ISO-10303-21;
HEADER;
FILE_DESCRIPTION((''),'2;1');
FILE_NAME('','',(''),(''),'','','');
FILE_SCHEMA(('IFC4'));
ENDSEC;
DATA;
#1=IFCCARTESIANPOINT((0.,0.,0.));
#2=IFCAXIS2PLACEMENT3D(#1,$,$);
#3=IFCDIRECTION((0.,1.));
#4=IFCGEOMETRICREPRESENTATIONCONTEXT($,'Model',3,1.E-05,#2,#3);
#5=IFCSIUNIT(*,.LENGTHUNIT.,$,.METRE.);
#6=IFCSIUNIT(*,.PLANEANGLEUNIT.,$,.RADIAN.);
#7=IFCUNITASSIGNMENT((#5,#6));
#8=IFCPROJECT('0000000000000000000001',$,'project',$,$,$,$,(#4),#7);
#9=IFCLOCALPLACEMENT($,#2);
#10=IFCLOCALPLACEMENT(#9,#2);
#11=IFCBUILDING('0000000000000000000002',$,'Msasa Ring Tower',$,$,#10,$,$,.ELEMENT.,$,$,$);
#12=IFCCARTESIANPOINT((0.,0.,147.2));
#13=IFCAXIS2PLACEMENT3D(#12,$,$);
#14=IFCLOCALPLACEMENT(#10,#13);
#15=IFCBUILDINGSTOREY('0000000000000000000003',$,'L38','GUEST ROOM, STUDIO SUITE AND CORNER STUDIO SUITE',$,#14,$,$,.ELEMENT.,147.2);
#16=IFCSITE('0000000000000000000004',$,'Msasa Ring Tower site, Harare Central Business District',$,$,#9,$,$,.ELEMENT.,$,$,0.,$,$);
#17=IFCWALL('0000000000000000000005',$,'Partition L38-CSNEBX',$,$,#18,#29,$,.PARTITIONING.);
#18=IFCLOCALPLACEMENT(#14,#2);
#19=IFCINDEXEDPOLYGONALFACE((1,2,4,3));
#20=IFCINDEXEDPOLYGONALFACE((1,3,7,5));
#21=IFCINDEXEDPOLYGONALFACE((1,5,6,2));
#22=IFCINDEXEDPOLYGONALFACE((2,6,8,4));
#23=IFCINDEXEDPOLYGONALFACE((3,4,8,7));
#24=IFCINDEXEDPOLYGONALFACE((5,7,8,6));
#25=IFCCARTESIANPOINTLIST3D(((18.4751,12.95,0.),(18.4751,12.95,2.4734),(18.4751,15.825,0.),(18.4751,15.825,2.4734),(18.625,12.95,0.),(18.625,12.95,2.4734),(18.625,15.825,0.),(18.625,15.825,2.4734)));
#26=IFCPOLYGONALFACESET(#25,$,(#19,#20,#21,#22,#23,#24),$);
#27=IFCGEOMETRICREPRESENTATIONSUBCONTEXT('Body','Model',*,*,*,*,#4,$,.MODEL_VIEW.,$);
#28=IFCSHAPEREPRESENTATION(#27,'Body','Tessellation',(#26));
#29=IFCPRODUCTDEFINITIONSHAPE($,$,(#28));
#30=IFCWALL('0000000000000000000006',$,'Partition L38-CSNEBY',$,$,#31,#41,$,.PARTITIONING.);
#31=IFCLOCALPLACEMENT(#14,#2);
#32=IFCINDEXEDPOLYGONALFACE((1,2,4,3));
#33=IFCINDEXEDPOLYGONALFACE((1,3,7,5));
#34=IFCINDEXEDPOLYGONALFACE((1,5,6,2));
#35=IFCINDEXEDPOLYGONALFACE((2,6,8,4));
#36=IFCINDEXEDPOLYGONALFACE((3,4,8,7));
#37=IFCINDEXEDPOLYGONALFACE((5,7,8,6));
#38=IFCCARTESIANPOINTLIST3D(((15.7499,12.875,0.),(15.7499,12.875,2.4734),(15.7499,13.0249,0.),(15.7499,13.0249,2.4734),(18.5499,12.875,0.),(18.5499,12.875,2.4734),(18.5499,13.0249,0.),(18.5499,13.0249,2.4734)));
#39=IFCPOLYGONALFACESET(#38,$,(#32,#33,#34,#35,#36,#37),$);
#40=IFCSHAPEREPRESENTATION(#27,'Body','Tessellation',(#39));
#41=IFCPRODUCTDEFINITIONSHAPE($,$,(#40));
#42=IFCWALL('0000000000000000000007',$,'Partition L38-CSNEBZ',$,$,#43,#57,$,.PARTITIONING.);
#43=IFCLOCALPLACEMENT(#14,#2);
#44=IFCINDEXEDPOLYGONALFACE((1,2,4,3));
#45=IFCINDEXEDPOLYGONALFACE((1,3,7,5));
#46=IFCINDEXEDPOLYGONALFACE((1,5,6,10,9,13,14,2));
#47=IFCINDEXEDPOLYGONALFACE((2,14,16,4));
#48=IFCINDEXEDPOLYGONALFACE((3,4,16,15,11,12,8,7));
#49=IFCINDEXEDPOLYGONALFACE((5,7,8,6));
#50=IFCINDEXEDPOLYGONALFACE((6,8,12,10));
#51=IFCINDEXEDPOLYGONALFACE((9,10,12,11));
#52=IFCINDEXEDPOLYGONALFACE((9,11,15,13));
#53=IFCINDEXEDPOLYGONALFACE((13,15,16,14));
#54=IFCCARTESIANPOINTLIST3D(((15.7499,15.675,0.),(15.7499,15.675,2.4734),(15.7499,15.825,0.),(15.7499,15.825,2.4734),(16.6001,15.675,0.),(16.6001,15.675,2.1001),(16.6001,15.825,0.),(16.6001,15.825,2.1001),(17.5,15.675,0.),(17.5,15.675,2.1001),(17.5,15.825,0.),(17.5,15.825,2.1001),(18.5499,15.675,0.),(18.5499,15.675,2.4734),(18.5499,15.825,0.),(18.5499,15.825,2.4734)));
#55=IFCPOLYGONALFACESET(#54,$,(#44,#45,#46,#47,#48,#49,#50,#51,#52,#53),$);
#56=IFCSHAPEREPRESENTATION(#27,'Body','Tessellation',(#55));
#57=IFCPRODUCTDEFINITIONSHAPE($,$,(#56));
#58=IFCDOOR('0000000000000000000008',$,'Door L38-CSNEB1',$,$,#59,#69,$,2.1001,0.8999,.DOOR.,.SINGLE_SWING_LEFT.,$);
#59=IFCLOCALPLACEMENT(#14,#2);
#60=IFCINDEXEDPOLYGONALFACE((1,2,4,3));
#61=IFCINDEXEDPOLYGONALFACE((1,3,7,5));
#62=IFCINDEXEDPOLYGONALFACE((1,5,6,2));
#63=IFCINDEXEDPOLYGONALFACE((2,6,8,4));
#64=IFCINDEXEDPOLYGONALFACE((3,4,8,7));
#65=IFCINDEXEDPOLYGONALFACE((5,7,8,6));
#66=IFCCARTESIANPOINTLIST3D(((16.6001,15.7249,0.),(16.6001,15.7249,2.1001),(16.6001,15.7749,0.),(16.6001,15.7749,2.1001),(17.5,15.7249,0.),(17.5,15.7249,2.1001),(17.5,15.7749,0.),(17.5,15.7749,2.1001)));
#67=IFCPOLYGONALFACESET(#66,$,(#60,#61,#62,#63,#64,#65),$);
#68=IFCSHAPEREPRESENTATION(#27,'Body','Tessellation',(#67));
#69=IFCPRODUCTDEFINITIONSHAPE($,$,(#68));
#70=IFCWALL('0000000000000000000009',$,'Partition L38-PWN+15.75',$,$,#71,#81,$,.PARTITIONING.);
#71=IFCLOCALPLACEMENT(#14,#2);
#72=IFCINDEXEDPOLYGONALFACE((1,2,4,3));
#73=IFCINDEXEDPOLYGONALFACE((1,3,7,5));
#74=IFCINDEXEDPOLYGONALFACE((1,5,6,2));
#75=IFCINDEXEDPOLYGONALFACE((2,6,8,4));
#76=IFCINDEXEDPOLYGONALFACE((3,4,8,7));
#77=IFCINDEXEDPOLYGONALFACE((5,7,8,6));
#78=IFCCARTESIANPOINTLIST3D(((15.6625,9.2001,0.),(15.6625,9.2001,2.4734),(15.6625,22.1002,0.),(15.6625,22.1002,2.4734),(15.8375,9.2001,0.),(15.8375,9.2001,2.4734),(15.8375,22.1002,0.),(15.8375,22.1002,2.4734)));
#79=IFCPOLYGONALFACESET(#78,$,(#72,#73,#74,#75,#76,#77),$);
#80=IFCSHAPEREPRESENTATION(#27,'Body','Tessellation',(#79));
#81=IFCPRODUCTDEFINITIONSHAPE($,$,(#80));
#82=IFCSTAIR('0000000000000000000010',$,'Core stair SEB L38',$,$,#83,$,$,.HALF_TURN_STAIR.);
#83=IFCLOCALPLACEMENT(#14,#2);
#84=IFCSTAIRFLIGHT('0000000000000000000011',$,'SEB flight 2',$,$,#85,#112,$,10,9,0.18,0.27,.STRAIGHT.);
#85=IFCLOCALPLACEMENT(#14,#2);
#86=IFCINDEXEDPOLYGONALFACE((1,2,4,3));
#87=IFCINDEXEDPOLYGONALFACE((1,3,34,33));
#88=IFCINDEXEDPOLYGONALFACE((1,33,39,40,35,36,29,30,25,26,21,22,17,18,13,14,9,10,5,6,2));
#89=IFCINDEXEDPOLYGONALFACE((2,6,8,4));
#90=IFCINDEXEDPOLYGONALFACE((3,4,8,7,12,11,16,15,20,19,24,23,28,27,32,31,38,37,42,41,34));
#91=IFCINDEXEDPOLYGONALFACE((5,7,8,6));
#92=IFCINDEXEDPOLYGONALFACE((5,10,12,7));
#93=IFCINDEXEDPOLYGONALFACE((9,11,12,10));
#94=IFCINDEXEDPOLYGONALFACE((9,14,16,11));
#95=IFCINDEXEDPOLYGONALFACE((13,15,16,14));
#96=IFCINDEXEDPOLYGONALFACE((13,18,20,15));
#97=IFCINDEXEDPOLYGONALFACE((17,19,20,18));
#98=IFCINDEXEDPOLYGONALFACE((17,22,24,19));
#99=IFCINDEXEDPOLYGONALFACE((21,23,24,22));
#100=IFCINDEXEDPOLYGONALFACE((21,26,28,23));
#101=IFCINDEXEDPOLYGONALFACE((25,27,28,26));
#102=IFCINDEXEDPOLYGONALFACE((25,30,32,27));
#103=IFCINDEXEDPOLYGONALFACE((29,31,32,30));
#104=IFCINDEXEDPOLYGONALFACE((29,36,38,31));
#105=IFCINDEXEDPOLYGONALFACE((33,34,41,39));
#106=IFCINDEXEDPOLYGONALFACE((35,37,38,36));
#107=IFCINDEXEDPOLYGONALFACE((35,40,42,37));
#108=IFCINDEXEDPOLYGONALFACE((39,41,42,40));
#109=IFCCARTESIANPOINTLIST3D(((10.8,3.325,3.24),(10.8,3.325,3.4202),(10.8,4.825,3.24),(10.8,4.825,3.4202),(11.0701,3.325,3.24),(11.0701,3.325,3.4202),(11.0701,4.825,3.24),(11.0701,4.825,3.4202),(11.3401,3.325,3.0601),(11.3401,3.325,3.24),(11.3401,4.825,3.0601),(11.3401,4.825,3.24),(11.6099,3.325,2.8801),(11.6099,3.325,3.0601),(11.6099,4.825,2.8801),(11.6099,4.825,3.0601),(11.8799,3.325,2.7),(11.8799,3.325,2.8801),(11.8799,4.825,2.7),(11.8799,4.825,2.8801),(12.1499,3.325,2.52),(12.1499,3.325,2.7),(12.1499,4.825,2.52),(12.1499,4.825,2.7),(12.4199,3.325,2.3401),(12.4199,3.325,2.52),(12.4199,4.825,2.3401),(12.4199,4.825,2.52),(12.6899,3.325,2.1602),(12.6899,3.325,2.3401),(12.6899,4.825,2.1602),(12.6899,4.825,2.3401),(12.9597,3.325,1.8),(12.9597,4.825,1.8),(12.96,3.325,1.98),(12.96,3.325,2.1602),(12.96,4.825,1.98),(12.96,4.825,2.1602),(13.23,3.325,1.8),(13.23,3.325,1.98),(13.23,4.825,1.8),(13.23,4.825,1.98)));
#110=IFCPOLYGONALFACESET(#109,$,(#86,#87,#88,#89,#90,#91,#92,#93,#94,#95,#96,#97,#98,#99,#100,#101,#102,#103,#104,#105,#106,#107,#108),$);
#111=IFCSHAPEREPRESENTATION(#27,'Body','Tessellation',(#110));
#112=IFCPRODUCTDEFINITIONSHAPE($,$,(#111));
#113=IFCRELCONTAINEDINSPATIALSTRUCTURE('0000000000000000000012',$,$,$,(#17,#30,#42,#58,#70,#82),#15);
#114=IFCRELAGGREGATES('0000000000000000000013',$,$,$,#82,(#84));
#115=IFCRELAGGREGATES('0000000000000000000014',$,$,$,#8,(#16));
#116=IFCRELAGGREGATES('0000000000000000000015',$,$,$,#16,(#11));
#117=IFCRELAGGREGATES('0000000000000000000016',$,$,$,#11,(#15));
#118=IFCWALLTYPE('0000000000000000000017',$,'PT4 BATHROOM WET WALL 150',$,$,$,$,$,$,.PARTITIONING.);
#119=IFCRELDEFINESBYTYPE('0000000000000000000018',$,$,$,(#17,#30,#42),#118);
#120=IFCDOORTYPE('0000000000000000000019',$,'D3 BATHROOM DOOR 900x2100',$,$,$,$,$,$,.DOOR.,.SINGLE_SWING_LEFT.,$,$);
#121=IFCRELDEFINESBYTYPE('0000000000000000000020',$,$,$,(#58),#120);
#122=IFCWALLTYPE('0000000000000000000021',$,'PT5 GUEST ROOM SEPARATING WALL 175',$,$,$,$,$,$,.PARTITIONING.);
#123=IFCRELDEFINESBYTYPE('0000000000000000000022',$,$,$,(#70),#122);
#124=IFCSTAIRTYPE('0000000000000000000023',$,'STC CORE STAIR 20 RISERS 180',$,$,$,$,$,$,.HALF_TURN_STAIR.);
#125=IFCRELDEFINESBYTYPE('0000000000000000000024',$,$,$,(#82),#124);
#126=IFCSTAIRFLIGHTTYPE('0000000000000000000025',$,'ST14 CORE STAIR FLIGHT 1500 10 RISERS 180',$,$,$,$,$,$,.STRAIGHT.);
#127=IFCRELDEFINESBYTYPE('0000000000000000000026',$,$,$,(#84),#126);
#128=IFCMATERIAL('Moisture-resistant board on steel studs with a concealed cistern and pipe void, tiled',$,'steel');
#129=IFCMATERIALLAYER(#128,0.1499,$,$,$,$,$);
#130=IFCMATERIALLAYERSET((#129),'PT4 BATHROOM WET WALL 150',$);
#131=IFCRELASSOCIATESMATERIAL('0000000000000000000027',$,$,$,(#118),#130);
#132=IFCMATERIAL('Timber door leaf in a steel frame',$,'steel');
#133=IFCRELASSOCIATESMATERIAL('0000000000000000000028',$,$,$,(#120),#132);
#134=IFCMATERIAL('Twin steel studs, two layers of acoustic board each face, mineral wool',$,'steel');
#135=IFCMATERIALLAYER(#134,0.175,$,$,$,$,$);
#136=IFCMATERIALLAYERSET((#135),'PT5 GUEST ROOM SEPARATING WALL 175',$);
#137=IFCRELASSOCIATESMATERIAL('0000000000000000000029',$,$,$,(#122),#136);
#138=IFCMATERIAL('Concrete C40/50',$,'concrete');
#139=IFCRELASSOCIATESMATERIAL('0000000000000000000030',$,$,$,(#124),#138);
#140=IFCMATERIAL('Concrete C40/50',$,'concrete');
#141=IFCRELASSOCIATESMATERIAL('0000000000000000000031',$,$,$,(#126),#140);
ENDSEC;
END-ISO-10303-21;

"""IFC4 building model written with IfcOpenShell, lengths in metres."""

from ifc_helpers import new_model, si_unit, direction, frame, frame_2d, origin, place, context, subcontext, project, spatial, polyline, rectangle, outline, extrude, material, layer, layer_set, type_object, element, fill, aggregate, save


model = new_model("IFC4")

# Units and contexts
model_context = context("Model", 3, precision=1e-05, world=origin(), true_north=direction((0.0, 1.0)))
body_context = subcontext(model_context, "Body", "Model", "MODEL_VIEW")
ifc_project = project(units=[si_unit("LENGTHUNIT", "METRE"), si_unit("PLANEANGLEUNIT", "RADIAN")], contexts=[model_context])

# Site, building, storey
site_placement = place(None, origin())
site = spatial("IfcSite", under=ifc_project, at=site_placement, Name="Msasa Ring Tower site, Harare Central Business District", CompositionType="ELEMENT", RefElevation=0.0)
building_placement = place(site_placement, origin())
building = spatial("IfcBuilding", under=site, at=building_placement, Name="Msasa Ring Tower", CompositionType="ELEMENT")
storey_placement = place(building_placement, frame((0.0, 0.0, 147.2)))
storey = spatial("IfcBuildingStorey", under=building, at=storey_placement, Name="L38", Description="GUEST ROOM, STUDIO SUITE AND CORNER STUDIO SUITE", CompositionType="ELEMENT", Elevation=147.2)

# Shared definitions
ifc_material_1 = material(Name="Moisture-resistant board on steel studs with a concealed cistern and pipe void, tiled", Category="steel")
ifc_layer_1 = layer(ifc_material_1, 0.1499)
ifc_layer_set_1 = layer_set([ifc_layer_1], Name="PT4 BATHROOM WET WALL 150")
wall_type_1 = type_object("IfcWallType", Name="PT4 BATHROOM WET WALL 150", PredefinedType="PARTITIONING", material=ifc_layer_set_1)
ifc_material_2 = material(Name="Timber door leaf in a steel frame", Category="steel")
door_type = type_object("IfcDoorType", Name="D3 BATHROOM DOOR 900x2100", OperationType="SINGLE_SWING_LEFT", PredefinedType="DOOR", material=ifc_material_2)

# Walls
wall_1_placement = place(storey_placement, frame((18.55, 12.95, 0.0), z_axis=(0.0, 0.0, 1.0), x_axis=(0.0, 1.0, 0.0)))
element("IfcWall", 1, at=wall_1_placement, inside=storey, type_object=wall_type_1, Name="Partition L38-CSNEBX", PredefinedType="PARTITIONING", context=body_context, shape_type="SweptSolid", body=[
    extrude(rectangle(XDim=2.875, YDim=0.1499, at=frame_2d((1.4375, 0.0))), origin(), (0.0, 0.0, 1.0), 2.4734),
])
wall_2_placement = place(storey_placement, frame((15.75, 12.95, 0.0), z_axis=(0.0, 0.0, 1.0), x_axis=(1.0, 0.0, 0.0)))
element("IfcWall", 2, at=wall_2_placement, inside=storey, type_object=wall_type_1, Name="Partition L38-CSNEBY", PredefinedType="PARTITIONING", context=body_context, shape_type="SweptSolid", body=[
    extrude(rectangle(XDim=2.8, YDim=0.1499, at=frame_2d((1.3999, 0.0))), origin(), (0.0, 0.0, 1.0), 2.4734),
])

# Wall, opening, door
wall_3_placement = place(storey_placement, frame((15.75, 15.75, 0.0), z_axis=(0.0, 0.0, 1.0), x_axis=(1.0, 0.0, 0.0)))
wall_3 = element("IfcWall", 3, at=wall_3_placement, inside=storey, type_object=wall_type_1, Name="Partition L38-CSNEBZ", PredefinedType="PARTITIONING", context=body_context, shape_type="SweptSolid", body=[
    extrude(rectangle(XDim=2.8, YDim=0.1499, at=frame_2d((1.3999, 0.0))), origin(), (0.0, 0.0, 1.0), 2.4734),
])
opening_1_placement = place(wall_3_placement, frame((0.8501, 0.0, 0.0)))
opening_1 = element("IfcOpeningElement", 4, at=opening_1_placement, cuts=wall_3, PredefinedType="OPENING", context=body_context, shape_type="SweptSolid", body=[
    extrude(rectangle(XDim=0.8999, YDim=2.1001, at=frame_2d((0.45, 1.05))), frame((0.0, 0.085, 0.0), z_axis=(0.0, -1.0, 0.0), x_axis=(1.0, 0.0, 0.0)), (0.0, 0.0, 1.0), 0.1699),
])
door_1_placement = place(opening_1_placement, origin())
door_1 = element("IfcDoor", 5, at=door_1_placement, inside=storey, type_object=door_type, Name="Door L38-CSNEB1", OperationType="SINGLE_SWING_LEFT", OverallHeight=2.1001, OverallWidth=0.8999, PredefinedType="DOOR", context=body_context, shape_type="SweptSolid", body=[
    extrude(rectangle(XDim=0.8999, YDim=2.1001, at=frame_2d((0.45, 1.05))), frame((0.0, 0.0249, 0.0), z_axis=(0.0, -1.0, 0.0), x_axis=(1.0, 0.0, 0.0)), (0.0, 0.0, 1.0), 0.05),
])
fill(opening_1, door_1)

# Wall
ifc_material_3 = material(Name="Twin steel studs, two layers of acoustic board each face, mineral wool", Category="steel")
ifc_layer_2 = layer(ifc_material_3, 0.175)
ifc_layer_set_2 = layer_set([ifc_layer_2], Name="PT5 GUEST ROOM SEPARATING WALL 175")
wall_type_2 = type_object("IfcWallType", Name="PT5 GUEST ROOM SEPARATING WALL 175", PredefinedType="PARTITIONING", material=ifc_layer_set_2)
wall_4_placement = place(storey_placement, frame((15.75, 9.2, 0.0), z_axis=(0.0, 0.0, 1.0), x_axis=(0.0, 1.0, 0.0)))
element("IfcWall", 6, at=wall_4_placement, inside=storey, type_object=wall_type_2, Name="Partition L38-PWN+15.75", PredefinedType="PARTITIONING", context=body_context, shape_type="SweptSolid", body=[
    extrude(rectangle(XDim=12.9001, YDim=0.175, at=frame_2d((6.4502, 0.0))), origin(), (0.0, 0.0, 1.0), 2.4734),
])

# Stair, stair flight
ifc_material_4 = material(Name="Concrete C40/50", Category="concrete")
stair_type = type_object("IfcStairType", Name="STC CORE STAIR 20 RISERS 180", PredefinedType="HALF_TURN_STAIR", material=ifc_material_4)
stair_placement = place(storey_placement, origin())
stair = element("IfcStair", 7, at=stair_placement, inside=storey, type_object=stair_type, Name="Core stair SEB L38", PredefinedType="HALF_TURN_STAIR")
ifc_material_5 = material(Name="Concrete C40/50", Category="concrete")
stair_flight_type = type_object("IfcStairFlightType", Name="ST14 CORE STAIR FLIGHT 1500 10 RISERS 180", PredefinedType="STRAIGHT", material=ifc_material_5)
stair_flight_placement = place(storey_placement, frame((13.23, 4.075, 1.8), z_axis=(0.0, 0.0, 1.0), x_axis=(-1.0, 0.0, 0.0)))
stair_flight = element("IfcStairFlight", 8, at=stair_flight_placement, type_object=stair_flight_type, Name="SEB flight 2", NumberOfRisers=10, NumberOfTreads=9, PredefinedType="STRAIGHT", RiserHeight=0.18, TreadLength=0.27, context=body_context, shape_type="SweptSolid", body=[
    extrude(outline(polyline([(0.0, 0.0), (0.0, 0.1799), (0.27, 0.1799), (0.27, 0.3601), (0.54, 0.3601), (0.54, 0.54), (0.8101, 0.54), (0.8101, 0.72), (1.0801, 0.72), (1.0801, 0.8999), (1.3501, 0.8999), (1.3501, 1.0801), (1.6201, 1.0801), (1.6201, 1.26), (1.8899, 1.26), (1.8899, 1.4399), (2.1599, 1.4399), (2.1599, 1.6201), (2.4299, 1.6201), (2.4299, 1.8), (2.4299, 1.4399), (0.2703, 0.0), (0.0, 0.0)])), frame((0.0, 0.75, 0.0), z_axis=(0.0, -1.0, 0.0), x_axis=(1.0, 0.0, 0.0)), (0.0, 0.0, 1.0), 1.5),
])
aggregate(stair, [stair_flight])

save(model, "model.ifc")
